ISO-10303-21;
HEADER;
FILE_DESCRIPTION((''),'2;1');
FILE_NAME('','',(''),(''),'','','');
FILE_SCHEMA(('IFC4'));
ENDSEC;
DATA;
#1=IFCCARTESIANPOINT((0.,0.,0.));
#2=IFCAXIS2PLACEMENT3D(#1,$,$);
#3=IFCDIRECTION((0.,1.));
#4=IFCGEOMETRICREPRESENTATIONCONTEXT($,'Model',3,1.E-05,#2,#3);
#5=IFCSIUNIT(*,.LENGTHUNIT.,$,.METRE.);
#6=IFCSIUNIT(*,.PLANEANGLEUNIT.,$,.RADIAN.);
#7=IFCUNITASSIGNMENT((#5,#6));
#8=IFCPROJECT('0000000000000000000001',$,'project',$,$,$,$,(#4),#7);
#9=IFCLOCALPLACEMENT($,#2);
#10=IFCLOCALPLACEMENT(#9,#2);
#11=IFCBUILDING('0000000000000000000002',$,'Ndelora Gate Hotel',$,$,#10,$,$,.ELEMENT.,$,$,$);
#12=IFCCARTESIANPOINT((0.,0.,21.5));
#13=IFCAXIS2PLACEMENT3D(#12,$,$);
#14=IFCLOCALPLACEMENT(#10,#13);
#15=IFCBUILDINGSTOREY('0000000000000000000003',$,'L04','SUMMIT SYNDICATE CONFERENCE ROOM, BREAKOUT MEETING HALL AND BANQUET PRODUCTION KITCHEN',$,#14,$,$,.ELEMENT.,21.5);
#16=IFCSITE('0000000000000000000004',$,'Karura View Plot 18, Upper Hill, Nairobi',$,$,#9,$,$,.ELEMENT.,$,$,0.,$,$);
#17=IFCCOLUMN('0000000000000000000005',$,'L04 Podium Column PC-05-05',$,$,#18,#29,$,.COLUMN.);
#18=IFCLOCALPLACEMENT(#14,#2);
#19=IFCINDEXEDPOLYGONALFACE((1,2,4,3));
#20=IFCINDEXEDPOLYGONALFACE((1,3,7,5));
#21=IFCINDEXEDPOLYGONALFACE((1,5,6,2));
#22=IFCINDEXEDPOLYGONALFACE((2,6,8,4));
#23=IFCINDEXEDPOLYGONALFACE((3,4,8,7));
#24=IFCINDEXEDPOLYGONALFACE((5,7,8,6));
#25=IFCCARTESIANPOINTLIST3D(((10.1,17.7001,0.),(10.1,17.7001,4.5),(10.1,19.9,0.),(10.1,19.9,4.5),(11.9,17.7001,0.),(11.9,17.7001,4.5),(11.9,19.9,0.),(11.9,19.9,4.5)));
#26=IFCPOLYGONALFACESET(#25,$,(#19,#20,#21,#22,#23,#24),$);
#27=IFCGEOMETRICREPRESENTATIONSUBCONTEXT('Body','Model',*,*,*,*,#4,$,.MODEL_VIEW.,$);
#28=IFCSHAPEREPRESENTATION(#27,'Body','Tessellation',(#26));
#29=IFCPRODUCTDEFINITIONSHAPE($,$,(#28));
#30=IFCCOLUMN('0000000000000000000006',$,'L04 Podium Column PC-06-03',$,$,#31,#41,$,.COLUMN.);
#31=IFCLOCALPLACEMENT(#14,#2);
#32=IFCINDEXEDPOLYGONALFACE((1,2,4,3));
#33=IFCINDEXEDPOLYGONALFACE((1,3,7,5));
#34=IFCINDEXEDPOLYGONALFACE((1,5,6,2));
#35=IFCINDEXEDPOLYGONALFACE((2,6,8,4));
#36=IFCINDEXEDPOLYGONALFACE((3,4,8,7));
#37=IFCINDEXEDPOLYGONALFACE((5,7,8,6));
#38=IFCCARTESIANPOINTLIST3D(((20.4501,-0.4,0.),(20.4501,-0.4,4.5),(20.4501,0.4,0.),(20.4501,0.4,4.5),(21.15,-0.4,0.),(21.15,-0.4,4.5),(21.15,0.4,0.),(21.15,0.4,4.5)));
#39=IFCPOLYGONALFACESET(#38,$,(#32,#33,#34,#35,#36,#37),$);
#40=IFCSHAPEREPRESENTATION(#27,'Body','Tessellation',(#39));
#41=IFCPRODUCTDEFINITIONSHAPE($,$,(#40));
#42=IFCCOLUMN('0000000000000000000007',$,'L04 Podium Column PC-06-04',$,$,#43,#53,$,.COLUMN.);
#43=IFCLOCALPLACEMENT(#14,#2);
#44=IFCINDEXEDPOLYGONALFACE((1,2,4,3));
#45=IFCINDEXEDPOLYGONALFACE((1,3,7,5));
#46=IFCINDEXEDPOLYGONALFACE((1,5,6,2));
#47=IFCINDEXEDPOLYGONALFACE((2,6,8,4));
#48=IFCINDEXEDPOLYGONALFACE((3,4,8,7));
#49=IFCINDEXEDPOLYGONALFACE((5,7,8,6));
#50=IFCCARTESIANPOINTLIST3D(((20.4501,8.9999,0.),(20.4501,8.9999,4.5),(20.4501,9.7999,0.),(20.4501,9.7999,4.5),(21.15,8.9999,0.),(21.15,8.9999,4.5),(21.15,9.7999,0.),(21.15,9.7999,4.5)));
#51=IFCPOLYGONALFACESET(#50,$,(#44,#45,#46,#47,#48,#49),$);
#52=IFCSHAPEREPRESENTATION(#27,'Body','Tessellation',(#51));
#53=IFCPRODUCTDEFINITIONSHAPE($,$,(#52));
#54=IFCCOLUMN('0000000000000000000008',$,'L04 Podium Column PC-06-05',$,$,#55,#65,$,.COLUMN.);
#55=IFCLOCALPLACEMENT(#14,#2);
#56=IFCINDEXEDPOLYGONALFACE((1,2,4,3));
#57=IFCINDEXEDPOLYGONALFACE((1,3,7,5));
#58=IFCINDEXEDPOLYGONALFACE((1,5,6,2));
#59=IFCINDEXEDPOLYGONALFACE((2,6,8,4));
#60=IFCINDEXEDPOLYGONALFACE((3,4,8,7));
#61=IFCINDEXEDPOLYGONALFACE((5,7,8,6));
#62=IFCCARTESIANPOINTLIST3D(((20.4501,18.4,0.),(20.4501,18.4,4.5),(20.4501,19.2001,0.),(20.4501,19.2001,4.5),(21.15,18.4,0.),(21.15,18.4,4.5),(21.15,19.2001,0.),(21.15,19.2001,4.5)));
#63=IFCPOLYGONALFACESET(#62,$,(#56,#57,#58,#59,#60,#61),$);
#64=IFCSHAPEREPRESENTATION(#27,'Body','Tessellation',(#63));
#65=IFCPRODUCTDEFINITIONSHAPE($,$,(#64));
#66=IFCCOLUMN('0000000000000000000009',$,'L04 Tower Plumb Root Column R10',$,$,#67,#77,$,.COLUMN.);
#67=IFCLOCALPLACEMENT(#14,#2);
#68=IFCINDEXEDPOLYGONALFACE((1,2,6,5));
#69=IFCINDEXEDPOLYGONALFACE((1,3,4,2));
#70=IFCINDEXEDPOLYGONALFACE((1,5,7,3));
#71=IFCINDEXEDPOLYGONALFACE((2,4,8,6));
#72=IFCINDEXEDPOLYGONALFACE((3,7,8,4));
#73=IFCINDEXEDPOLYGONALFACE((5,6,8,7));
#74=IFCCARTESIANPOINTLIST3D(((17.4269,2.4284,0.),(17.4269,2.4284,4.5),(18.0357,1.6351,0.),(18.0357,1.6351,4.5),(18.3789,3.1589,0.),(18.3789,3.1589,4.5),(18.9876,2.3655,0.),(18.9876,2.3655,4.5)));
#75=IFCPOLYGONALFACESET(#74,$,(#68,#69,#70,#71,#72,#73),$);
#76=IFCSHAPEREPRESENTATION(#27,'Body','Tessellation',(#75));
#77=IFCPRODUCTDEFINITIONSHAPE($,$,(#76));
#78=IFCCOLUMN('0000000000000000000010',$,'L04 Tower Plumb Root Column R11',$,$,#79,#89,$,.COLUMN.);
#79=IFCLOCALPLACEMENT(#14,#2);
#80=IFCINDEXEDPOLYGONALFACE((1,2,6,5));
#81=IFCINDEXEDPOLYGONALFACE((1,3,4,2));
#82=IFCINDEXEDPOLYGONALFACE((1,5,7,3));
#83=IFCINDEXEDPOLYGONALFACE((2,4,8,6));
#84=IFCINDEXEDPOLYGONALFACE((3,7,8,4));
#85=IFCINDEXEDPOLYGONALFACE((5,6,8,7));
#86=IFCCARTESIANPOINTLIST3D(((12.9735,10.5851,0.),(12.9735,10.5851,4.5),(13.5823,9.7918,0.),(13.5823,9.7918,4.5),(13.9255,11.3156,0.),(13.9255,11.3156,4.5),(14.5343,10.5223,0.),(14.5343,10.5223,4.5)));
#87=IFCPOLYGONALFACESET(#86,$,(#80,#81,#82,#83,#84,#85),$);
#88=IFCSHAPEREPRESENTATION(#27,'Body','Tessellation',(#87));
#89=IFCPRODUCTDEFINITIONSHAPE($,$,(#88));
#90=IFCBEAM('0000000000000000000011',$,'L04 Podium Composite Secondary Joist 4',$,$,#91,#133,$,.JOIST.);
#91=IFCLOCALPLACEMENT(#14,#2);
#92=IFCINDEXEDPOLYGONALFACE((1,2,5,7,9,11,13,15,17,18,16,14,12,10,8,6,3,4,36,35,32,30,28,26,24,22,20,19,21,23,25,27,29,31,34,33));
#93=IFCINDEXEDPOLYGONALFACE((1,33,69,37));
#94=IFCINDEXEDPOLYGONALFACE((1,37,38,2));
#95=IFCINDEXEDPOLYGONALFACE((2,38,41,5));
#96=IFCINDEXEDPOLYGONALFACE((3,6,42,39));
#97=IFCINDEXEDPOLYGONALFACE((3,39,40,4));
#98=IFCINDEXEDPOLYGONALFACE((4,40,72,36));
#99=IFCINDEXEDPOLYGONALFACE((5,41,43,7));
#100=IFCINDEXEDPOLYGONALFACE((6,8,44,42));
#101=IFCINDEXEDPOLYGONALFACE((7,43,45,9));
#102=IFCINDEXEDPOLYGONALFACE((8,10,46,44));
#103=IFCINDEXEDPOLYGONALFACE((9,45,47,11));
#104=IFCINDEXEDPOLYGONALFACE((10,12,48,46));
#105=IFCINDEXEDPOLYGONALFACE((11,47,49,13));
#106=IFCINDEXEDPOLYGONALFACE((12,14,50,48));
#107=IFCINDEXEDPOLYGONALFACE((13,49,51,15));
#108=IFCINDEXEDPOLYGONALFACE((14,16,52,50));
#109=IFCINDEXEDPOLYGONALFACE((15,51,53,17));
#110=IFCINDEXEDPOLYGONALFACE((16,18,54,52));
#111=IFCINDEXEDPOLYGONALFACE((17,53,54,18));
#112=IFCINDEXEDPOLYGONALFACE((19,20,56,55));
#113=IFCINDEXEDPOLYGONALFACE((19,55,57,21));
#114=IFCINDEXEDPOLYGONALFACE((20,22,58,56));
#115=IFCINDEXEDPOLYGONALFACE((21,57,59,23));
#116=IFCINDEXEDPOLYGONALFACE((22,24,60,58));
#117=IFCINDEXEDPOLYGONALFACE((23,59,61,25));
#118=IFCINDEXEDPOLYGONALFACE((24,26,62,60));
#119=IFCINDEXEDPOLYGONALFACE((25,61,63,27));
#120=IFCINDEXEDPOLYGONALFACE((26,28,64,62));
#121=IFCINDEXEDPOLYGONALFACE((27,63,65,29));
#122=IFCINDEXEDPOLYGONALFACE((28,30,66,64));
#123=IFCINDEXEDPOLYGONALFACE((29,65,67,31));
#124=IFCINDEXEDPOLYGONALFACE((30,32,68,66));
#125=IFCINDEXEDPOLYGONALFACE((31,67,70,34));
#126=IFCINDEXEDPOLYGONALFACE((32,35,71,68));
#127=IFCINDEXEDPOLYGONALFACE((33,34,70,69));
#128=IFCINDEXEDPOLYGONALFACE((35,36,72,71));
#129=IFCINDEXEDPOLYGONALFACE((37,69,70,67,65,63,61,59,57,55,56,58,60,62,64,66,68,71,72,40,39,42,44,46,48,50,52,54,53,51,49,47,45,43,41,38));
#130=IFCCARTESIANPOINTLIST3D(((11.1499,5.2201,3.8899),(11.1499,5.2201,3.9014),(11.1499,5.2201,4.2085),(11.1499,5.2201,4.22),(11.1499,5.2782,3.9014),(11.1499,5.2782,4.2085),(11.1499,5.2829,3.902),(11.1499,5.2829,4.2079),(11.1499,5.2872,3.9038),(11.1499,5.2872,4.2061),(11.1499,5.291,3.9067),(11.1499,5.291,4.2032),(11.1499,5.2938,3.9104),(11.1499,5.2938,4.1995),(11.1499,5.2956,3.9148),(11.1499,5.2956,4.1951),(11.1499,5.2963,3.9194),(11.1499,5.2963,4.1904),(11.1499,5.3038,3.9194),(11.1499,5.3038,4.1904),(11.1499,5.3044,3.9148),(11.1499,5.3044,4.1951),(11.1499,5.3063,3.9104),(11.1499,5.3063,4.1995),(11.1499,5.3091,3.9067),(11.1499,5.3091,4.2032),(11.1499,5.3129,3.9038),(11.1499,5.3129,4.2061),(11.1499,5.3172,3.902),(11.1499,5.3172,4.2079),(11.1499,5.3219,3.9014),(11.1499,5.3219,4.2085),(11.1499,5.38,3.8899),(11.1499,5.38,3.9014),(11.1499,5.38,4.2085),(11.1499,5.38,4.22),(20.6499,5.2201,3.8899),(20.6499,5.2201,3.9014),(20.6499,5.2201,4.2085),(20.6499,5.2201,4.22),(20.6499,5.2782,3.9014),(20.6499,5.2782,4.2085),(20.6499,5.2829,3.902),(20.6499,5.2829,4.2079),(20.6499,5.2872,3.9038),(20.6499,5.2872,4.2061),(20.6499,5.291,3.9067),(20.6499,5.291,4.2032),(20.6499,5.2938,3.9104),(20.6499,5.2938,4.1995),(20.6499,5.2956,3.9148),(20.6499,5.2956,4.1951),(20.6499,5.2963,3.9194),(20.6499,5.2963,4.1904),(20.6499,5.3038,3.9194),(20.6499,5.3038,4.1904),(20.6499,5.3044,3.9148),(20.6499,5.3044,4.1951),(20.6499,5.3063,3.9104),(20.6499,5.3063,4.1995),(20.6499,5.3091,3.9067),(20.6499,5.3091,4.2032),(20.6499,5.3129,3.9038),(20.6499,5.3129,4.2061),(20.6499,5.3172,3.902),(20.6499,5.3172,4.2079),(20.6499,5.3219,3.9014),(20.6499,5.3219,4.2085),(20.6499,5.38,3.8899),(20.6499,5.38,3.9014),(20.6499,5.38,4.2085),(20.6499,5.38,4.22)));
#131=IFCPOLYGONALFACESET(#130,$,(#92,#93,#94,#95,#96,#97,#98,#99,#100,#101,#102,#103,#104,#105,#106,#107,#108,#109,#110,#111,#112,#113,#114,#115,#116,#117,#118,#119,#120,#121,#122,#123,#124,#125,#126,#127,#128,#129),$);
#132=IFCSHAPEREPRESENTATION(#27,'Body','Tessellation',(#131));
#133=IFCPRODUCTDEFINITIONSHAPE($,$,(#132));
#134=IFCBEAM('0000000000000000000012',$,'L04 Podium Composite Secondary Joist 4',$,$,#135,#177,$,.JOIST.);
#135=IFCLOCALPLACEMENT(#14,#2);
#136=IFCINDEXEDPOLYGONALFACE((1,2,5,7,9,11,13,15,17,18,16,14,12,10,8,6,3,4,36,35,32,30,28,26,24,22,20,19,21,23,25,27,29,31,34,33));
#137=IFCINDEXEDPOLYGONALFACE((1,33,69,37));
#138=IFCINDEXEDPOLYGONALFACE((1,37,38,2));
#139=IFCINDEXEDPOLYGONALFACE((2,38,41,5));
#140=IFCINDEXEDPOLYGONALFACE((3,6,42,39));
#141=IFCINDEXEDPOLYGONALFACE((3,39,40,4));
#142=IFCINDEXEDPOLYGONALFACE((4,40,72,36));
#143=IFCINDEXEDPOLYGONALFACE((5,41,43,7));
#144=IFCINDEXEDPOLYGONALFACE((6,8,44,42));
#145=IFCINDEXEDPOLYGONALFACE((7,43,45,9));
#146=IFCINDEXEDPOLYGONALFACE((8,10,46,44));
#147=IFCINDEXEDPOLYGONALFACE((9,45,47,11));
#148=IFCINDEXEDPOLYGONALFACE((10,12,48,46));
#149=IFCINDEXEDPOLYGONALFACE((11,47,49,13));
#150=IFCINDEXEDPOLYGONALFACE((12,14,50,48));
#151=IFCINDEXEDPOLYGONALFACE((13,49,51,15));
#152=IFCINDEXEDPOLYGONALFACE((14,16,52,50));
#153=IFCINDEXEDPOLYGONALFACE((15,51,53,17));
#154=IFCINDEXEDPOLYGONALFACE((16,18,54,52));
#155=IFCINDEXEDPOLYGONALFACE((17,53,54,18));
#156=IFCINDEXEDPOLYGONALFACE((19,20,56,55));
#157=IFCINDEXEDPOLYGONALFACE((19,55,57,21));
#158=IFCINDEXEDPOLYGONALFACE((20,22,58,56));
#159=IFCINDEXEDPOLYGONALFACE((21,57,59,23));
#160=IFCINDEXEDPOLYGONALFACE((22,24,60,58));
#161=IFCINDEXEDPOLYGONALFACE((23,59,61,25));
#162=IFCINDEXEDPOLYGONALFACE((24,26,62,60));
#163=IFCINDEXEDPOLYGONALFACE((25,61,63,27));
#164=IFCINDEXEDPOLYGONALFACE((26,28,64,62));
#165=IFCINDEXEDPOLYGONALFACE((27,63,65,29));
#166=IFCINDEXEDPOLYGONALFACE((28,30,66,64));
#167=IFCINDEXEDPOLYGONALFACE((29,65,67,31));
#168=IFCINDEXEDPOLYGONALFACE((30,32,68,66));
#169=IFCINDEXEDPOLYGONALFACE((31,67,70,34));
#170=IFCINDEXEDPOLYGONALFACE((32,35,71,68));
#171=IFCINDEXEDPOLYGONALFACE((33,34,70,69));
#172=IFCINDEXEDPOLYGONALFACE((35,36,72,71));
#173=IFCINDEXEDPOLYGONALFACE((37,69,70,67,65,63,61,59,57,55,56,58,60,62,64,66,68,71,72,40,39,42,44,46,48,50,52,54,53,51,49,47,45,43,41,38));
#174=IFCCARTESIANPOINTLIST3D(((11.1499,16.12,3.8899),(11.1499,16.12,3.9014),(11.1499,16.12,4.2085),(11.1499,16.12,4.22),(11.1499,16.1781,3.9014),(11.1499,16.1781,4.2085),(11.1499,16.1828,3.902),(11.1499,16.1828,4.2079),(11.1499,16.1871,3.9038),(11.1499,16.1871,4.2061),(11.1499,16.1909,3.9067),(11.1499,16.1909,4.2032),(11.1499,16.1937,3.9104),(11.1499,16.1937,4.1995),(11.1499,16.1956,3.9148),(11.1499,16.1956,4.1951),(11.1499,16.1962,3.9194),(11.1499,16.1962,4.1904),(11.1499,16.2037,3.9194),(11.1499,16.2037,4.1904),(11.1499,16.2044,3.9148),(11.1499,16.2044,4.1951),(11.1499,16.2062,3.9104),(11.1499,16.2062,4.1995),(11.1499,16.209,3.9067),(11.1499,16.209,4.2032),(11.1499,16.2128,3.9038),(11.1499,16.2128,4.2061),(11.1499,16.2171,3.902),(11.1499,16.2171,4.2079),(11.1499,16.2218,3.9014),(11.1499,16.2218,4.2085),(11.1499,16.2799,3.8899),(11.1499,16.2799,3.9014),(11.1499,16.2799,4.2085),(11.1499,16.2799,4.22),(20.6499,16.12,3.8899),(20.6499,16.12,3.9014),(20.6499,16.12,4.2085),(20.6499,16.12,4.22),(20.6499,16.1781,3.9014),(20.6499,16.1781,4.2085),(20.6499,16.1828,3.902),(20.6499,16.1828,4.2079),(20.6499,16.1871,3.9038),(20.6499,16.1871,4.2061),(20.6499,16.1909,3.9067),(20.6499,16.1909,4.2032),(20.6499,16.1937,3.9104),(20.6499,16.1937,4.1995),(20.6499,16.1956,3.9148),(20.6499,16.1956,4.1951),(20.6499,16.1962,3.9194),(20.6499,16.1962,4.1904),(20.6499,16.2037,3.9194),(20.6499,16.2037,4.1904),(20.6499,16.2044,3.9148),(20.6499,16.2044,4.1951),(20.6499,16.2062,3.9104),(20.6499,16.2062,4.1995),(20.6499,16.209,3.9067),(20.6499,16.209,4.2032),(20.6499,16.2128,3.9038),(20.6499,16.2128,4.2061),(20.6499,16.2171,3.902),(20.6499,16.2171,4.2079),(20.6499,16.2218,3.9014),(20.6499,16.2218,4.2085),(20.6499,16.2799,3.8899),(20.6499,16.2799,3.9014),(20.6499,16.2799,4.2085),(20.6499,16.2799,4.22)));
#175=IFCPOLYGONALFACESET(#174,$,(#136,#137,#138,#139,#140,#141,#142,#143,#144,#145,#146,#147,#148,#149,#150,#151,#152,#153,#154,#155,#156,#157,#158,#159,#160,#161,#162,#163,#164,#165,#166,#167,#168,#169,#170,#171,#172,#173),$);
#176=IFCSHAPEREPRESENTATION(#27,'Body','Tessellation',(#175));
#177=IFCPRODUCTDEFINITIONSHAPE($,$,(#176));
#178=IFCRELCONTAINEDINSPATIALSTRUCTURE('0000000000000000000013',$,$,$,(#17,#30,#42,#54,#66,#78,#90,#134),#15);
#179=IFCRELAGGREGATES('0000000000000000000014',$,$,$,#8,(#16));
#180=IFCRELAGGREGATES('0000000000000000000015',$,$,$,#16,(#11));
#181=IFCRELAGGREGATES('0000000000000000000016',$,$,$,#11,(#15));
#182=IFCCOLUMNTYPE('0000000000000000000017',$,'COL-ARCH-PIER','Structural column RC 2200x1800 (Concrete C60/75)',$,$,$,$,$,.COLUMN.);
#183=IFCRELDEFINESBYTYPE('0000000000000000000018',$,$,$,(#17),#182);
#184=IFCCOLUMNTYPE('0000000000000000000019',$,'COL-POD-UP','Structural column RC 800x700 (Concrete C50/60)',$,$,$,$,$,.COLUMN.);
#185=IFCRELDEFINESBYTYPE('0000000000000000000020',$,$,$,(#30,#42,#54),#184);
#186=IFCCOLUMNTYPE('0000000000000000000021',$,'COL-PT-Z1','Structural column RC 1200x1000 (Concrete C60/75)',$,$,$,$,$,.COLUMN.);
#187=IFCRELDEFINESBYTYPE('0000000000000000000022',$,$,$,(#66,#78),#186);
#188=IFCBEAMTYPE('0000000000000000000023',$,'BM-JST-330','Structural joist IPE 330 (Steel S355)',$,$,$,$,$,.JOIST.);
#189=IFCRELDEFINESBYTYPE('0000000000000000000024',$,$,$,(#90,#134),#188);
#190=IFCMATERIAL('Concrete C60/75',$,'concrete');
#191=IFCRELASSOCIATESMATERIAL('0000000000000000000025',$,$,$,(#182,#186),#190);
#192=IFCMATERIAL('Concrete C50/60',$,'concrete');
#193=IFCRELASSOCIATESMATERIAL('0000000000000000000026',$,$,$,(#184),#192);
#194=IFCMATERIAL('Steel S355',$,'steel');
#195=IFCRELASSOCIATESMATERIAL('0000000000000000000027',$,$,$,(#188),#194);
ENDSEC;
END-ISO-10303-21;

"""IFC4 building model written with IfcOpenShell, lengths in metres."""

from ifc_helpers import new_model, si_unit, direction, frame, origin, origin_2d, place, context, subcontext, project, spatial, rectangle, i_section, extrude, material, material_profile, profile_set, type_object, element, save


model = new_model("IFC4")

# Units and contexts
model_context = context("Model", 3, precision=1e-05, world=origin(), true_north=direction((0.0, 1.0)))
body_context = subcontext(model_context, "Body", "Model", "MODEL_VIEW")
ifc_project = project(units=[si_unit("LENGTHUNIT", "METRE"), si_unit("PLANEANGLEUNIT", "RADIAN")], contexts=[model_context])

# Site, building, storey
site_placement = place(None, origin())
site = spatial("IfcSite", under=ifc_project, at=site_placement, Name="Karura View Plot 18, Upper Hill, Nairobi", CompositionType="ELEMENT", RefElevation=0.0)
building_placement = place(site_placement, origin())
building = spatial("IfcBuilding", under=site, at=building_placement, Name="Ndelora Gate Hotel", CompositionType="ELEMENT")
storey_placement = place(building_placement, frame((0.0, 0.0, 21.5)))
storey = spatial("IfcBuildingStorey", under=building, at=storey_placement, Name="L04", Description="SUMMIT SYNDICATE CONFERENCE ROOM, BREAKOUT MEETING HALL AND BANQUET PRODUCTION KITCHEN", CompositionType="ELEMENT", Elevation=21.5)

# Columns
ifc_material_1 = material(Name="Concrete C60/75", Category="concrete")
ifc_material_profile_1 = material_profile(ifc_material_1, rectangle(XDim=1.8, YDim=2.2, at=origin_2d()), Name="RC 2200x1800")
ifc_profile_set_1 = profile_set([ifc_material_profile_1], Name="Concrete C60/75")
column_type_1 = type_object("IfcColumnType", Name="COL-ARCH-PIER", Description="Structural column RC 2200x1800 (Concrete C60/75)", PredefinedType="COLUMN", material=ifc_profile_set_1)
column_placement = place(storey_placement, frame((11.0, 18.8, 0.0), z_axis=(0.0, 0.0, 1.0), x_axis=(1.0, 0.0, 0.0)))
element("IfcColumn", 1, at=column_placement, inside=storey, type_object=column_type_1, Name="L04 Podium Column PC-05-05", PredefinedType="COLUMN", context=body_context, shape_type="SweptSolid", body=[
    extrude(rectangle(XDim=1.8, YDim=2.2, at=origin_2d()), origin(), (0.0, 0.0, 1.0), 4.5),
])
ifc_material_2 = material(Name="Concrete C50/60", Category="concrete")
ifc_material_profile_2 = material_profile(ifc_material_2, rectangle(XDim=0.7, YDim=0.8, at=origin_2d()), Name="RC 800x700")
ifc_profile_set_2 = profile_set([ifc_material_profile_2], Name="Concrete C50/60")
column_type_2 = type_object("IfcColumnType", Name="COL-POD-UP", Description="Structural column RC 800x700 (Concrete C50/60)", PredefinedType="COLUMN", material=ifc_profile_set_2)
for number, where, z_axis, x_axis, name in (
    (2, (20.8, 0.0, 0.0), (0.0, 0.0, 1.0), (1.0, 0.0, 0.0), "L04 Podium Column PC-06-03"),
    (3, (20.8, 9.3999, 0.0), (0.0, 0.0, 1.0), (1.0, 0.0, 0.0), "L04 Podium Column PC-06-04"),
    (4, (20.8, 18.8, 0.0), (0.0, 0.0, 1.0), (1.0, 0.0, 0.0), "L04 Podium Column PC-06-05"),
):
    element("IfcColumn", number, at=place(storey_placement, frame(where, z_axis=z_axis, x_axis=x_axis)), inside=storey, type_object=column_type_2, Name=name, PredefinedType="COLUMN", context=body_context, shape_type="SweptSolid", body=[
        extrude(rectangle(XDim=0.7, YDim=0.8, at=origin_2d()), origin(), (0.0, 0.0, 1.0), 4.5),
    ])
ifc_material_profile_3 = material_profile(ifc_material_1, rectangle(XDim=1.0, YDim=1.2, at=origin_2d()), Name="RC 1200x1000")
ifc_profile_set_3 = profile_set([ifc_material_profile_3], Name="Concrete C60/75")
column_type_3 = type_object("IfcColumnType", Name="COL-PT-Z1", Description="Structural column RC 1200x1000 (Concrete C60/75)", PredefinedType="COLUMN", material=ifc_profile_set_3)
for number, where, z_axis, x_axis, name in (
    (5, (18.2073, 2.397, 0.0), (0.0, 0.0, 1.0), (-0.608761, 0.793353, 0.0), "L04 Tower Plumb Root Column R10"),
    (6, (13.7539, 10.5537, 0.0), (0.0, 0.0, 1.0), (-0.608761, 0.793353, 0.0), "L04 Tower Plumb Root Column R11"),
):
    element("IfcColumn", number, at=place(storey_placement, frame(where, z_axis=z_axis, x_axis=x_axis)), inside=storey, type_object=column_type_3, Name=name, PredefinedType="COLUMN", context=body_context, shape_type="SweptSolid", body=[
        extrude(rectangle(XDim=1.0, YDim=1.2, at=origin_2d()), origin(), (0.0, 0.0, 1.0), 4.5),
    ])

# Beams
ifc_material_3 = material(Name="Steel S355", Category="steel")
ifc_material_profile_4 = material_profile(ifc_material_3, i_section(OverallWidth=0.1599, OverallDepth=0.3301, WebThickness=0.0076, FlangeThickness=0.0115, FilletRadius=0.0181, at=origin_2d()), Name="IPE 330")
ifc_profile_set_4 = profile_set([ifc_material_profile_4], Name="Steel S355")
beam_type_1 = type_object("IfcBeamType", Name="BM-JST-330", Description="Structural joist IPE 330 (Steel S355)", PredefinedType="JOIST", material=ifc_profile_set_4)
for number, where, z_axis, x_axis, name in (
    (7, (11.1499, 5.3, 4.0549), (1.0, 0.0, 0.0), (0.0, 1.0, 0.0), "L04 Podium Composite Secondary Joist 4"),
    (8, (11.1499, 16.2, 4.0549), (1.0, 0.0, 0.0), (0.0, 1.0, 0.0), "L04 Podium Composite Secondary Joist 4"),
):
    element("IfcBeam", number, at=place(storey_placement, frame(where, z_axis=z_axis, x_axis=x_axis)), inside=storey, type_object=beam_type_1, Name=name, PredefinedType="JOIST", context=body_context, shape_type="SweptSolid", body=[
        extrude(i_section(OverallWidth=0.1599, OverallDepth=0.3301, WebThickness=0.0076, FlangeThickness=0.0115, FilletRadius=0.0181, at=origin_2d()), origin(), (0.0, 0.0, 1.0), 9.5),
    ])

save(model, "model.ifc")
